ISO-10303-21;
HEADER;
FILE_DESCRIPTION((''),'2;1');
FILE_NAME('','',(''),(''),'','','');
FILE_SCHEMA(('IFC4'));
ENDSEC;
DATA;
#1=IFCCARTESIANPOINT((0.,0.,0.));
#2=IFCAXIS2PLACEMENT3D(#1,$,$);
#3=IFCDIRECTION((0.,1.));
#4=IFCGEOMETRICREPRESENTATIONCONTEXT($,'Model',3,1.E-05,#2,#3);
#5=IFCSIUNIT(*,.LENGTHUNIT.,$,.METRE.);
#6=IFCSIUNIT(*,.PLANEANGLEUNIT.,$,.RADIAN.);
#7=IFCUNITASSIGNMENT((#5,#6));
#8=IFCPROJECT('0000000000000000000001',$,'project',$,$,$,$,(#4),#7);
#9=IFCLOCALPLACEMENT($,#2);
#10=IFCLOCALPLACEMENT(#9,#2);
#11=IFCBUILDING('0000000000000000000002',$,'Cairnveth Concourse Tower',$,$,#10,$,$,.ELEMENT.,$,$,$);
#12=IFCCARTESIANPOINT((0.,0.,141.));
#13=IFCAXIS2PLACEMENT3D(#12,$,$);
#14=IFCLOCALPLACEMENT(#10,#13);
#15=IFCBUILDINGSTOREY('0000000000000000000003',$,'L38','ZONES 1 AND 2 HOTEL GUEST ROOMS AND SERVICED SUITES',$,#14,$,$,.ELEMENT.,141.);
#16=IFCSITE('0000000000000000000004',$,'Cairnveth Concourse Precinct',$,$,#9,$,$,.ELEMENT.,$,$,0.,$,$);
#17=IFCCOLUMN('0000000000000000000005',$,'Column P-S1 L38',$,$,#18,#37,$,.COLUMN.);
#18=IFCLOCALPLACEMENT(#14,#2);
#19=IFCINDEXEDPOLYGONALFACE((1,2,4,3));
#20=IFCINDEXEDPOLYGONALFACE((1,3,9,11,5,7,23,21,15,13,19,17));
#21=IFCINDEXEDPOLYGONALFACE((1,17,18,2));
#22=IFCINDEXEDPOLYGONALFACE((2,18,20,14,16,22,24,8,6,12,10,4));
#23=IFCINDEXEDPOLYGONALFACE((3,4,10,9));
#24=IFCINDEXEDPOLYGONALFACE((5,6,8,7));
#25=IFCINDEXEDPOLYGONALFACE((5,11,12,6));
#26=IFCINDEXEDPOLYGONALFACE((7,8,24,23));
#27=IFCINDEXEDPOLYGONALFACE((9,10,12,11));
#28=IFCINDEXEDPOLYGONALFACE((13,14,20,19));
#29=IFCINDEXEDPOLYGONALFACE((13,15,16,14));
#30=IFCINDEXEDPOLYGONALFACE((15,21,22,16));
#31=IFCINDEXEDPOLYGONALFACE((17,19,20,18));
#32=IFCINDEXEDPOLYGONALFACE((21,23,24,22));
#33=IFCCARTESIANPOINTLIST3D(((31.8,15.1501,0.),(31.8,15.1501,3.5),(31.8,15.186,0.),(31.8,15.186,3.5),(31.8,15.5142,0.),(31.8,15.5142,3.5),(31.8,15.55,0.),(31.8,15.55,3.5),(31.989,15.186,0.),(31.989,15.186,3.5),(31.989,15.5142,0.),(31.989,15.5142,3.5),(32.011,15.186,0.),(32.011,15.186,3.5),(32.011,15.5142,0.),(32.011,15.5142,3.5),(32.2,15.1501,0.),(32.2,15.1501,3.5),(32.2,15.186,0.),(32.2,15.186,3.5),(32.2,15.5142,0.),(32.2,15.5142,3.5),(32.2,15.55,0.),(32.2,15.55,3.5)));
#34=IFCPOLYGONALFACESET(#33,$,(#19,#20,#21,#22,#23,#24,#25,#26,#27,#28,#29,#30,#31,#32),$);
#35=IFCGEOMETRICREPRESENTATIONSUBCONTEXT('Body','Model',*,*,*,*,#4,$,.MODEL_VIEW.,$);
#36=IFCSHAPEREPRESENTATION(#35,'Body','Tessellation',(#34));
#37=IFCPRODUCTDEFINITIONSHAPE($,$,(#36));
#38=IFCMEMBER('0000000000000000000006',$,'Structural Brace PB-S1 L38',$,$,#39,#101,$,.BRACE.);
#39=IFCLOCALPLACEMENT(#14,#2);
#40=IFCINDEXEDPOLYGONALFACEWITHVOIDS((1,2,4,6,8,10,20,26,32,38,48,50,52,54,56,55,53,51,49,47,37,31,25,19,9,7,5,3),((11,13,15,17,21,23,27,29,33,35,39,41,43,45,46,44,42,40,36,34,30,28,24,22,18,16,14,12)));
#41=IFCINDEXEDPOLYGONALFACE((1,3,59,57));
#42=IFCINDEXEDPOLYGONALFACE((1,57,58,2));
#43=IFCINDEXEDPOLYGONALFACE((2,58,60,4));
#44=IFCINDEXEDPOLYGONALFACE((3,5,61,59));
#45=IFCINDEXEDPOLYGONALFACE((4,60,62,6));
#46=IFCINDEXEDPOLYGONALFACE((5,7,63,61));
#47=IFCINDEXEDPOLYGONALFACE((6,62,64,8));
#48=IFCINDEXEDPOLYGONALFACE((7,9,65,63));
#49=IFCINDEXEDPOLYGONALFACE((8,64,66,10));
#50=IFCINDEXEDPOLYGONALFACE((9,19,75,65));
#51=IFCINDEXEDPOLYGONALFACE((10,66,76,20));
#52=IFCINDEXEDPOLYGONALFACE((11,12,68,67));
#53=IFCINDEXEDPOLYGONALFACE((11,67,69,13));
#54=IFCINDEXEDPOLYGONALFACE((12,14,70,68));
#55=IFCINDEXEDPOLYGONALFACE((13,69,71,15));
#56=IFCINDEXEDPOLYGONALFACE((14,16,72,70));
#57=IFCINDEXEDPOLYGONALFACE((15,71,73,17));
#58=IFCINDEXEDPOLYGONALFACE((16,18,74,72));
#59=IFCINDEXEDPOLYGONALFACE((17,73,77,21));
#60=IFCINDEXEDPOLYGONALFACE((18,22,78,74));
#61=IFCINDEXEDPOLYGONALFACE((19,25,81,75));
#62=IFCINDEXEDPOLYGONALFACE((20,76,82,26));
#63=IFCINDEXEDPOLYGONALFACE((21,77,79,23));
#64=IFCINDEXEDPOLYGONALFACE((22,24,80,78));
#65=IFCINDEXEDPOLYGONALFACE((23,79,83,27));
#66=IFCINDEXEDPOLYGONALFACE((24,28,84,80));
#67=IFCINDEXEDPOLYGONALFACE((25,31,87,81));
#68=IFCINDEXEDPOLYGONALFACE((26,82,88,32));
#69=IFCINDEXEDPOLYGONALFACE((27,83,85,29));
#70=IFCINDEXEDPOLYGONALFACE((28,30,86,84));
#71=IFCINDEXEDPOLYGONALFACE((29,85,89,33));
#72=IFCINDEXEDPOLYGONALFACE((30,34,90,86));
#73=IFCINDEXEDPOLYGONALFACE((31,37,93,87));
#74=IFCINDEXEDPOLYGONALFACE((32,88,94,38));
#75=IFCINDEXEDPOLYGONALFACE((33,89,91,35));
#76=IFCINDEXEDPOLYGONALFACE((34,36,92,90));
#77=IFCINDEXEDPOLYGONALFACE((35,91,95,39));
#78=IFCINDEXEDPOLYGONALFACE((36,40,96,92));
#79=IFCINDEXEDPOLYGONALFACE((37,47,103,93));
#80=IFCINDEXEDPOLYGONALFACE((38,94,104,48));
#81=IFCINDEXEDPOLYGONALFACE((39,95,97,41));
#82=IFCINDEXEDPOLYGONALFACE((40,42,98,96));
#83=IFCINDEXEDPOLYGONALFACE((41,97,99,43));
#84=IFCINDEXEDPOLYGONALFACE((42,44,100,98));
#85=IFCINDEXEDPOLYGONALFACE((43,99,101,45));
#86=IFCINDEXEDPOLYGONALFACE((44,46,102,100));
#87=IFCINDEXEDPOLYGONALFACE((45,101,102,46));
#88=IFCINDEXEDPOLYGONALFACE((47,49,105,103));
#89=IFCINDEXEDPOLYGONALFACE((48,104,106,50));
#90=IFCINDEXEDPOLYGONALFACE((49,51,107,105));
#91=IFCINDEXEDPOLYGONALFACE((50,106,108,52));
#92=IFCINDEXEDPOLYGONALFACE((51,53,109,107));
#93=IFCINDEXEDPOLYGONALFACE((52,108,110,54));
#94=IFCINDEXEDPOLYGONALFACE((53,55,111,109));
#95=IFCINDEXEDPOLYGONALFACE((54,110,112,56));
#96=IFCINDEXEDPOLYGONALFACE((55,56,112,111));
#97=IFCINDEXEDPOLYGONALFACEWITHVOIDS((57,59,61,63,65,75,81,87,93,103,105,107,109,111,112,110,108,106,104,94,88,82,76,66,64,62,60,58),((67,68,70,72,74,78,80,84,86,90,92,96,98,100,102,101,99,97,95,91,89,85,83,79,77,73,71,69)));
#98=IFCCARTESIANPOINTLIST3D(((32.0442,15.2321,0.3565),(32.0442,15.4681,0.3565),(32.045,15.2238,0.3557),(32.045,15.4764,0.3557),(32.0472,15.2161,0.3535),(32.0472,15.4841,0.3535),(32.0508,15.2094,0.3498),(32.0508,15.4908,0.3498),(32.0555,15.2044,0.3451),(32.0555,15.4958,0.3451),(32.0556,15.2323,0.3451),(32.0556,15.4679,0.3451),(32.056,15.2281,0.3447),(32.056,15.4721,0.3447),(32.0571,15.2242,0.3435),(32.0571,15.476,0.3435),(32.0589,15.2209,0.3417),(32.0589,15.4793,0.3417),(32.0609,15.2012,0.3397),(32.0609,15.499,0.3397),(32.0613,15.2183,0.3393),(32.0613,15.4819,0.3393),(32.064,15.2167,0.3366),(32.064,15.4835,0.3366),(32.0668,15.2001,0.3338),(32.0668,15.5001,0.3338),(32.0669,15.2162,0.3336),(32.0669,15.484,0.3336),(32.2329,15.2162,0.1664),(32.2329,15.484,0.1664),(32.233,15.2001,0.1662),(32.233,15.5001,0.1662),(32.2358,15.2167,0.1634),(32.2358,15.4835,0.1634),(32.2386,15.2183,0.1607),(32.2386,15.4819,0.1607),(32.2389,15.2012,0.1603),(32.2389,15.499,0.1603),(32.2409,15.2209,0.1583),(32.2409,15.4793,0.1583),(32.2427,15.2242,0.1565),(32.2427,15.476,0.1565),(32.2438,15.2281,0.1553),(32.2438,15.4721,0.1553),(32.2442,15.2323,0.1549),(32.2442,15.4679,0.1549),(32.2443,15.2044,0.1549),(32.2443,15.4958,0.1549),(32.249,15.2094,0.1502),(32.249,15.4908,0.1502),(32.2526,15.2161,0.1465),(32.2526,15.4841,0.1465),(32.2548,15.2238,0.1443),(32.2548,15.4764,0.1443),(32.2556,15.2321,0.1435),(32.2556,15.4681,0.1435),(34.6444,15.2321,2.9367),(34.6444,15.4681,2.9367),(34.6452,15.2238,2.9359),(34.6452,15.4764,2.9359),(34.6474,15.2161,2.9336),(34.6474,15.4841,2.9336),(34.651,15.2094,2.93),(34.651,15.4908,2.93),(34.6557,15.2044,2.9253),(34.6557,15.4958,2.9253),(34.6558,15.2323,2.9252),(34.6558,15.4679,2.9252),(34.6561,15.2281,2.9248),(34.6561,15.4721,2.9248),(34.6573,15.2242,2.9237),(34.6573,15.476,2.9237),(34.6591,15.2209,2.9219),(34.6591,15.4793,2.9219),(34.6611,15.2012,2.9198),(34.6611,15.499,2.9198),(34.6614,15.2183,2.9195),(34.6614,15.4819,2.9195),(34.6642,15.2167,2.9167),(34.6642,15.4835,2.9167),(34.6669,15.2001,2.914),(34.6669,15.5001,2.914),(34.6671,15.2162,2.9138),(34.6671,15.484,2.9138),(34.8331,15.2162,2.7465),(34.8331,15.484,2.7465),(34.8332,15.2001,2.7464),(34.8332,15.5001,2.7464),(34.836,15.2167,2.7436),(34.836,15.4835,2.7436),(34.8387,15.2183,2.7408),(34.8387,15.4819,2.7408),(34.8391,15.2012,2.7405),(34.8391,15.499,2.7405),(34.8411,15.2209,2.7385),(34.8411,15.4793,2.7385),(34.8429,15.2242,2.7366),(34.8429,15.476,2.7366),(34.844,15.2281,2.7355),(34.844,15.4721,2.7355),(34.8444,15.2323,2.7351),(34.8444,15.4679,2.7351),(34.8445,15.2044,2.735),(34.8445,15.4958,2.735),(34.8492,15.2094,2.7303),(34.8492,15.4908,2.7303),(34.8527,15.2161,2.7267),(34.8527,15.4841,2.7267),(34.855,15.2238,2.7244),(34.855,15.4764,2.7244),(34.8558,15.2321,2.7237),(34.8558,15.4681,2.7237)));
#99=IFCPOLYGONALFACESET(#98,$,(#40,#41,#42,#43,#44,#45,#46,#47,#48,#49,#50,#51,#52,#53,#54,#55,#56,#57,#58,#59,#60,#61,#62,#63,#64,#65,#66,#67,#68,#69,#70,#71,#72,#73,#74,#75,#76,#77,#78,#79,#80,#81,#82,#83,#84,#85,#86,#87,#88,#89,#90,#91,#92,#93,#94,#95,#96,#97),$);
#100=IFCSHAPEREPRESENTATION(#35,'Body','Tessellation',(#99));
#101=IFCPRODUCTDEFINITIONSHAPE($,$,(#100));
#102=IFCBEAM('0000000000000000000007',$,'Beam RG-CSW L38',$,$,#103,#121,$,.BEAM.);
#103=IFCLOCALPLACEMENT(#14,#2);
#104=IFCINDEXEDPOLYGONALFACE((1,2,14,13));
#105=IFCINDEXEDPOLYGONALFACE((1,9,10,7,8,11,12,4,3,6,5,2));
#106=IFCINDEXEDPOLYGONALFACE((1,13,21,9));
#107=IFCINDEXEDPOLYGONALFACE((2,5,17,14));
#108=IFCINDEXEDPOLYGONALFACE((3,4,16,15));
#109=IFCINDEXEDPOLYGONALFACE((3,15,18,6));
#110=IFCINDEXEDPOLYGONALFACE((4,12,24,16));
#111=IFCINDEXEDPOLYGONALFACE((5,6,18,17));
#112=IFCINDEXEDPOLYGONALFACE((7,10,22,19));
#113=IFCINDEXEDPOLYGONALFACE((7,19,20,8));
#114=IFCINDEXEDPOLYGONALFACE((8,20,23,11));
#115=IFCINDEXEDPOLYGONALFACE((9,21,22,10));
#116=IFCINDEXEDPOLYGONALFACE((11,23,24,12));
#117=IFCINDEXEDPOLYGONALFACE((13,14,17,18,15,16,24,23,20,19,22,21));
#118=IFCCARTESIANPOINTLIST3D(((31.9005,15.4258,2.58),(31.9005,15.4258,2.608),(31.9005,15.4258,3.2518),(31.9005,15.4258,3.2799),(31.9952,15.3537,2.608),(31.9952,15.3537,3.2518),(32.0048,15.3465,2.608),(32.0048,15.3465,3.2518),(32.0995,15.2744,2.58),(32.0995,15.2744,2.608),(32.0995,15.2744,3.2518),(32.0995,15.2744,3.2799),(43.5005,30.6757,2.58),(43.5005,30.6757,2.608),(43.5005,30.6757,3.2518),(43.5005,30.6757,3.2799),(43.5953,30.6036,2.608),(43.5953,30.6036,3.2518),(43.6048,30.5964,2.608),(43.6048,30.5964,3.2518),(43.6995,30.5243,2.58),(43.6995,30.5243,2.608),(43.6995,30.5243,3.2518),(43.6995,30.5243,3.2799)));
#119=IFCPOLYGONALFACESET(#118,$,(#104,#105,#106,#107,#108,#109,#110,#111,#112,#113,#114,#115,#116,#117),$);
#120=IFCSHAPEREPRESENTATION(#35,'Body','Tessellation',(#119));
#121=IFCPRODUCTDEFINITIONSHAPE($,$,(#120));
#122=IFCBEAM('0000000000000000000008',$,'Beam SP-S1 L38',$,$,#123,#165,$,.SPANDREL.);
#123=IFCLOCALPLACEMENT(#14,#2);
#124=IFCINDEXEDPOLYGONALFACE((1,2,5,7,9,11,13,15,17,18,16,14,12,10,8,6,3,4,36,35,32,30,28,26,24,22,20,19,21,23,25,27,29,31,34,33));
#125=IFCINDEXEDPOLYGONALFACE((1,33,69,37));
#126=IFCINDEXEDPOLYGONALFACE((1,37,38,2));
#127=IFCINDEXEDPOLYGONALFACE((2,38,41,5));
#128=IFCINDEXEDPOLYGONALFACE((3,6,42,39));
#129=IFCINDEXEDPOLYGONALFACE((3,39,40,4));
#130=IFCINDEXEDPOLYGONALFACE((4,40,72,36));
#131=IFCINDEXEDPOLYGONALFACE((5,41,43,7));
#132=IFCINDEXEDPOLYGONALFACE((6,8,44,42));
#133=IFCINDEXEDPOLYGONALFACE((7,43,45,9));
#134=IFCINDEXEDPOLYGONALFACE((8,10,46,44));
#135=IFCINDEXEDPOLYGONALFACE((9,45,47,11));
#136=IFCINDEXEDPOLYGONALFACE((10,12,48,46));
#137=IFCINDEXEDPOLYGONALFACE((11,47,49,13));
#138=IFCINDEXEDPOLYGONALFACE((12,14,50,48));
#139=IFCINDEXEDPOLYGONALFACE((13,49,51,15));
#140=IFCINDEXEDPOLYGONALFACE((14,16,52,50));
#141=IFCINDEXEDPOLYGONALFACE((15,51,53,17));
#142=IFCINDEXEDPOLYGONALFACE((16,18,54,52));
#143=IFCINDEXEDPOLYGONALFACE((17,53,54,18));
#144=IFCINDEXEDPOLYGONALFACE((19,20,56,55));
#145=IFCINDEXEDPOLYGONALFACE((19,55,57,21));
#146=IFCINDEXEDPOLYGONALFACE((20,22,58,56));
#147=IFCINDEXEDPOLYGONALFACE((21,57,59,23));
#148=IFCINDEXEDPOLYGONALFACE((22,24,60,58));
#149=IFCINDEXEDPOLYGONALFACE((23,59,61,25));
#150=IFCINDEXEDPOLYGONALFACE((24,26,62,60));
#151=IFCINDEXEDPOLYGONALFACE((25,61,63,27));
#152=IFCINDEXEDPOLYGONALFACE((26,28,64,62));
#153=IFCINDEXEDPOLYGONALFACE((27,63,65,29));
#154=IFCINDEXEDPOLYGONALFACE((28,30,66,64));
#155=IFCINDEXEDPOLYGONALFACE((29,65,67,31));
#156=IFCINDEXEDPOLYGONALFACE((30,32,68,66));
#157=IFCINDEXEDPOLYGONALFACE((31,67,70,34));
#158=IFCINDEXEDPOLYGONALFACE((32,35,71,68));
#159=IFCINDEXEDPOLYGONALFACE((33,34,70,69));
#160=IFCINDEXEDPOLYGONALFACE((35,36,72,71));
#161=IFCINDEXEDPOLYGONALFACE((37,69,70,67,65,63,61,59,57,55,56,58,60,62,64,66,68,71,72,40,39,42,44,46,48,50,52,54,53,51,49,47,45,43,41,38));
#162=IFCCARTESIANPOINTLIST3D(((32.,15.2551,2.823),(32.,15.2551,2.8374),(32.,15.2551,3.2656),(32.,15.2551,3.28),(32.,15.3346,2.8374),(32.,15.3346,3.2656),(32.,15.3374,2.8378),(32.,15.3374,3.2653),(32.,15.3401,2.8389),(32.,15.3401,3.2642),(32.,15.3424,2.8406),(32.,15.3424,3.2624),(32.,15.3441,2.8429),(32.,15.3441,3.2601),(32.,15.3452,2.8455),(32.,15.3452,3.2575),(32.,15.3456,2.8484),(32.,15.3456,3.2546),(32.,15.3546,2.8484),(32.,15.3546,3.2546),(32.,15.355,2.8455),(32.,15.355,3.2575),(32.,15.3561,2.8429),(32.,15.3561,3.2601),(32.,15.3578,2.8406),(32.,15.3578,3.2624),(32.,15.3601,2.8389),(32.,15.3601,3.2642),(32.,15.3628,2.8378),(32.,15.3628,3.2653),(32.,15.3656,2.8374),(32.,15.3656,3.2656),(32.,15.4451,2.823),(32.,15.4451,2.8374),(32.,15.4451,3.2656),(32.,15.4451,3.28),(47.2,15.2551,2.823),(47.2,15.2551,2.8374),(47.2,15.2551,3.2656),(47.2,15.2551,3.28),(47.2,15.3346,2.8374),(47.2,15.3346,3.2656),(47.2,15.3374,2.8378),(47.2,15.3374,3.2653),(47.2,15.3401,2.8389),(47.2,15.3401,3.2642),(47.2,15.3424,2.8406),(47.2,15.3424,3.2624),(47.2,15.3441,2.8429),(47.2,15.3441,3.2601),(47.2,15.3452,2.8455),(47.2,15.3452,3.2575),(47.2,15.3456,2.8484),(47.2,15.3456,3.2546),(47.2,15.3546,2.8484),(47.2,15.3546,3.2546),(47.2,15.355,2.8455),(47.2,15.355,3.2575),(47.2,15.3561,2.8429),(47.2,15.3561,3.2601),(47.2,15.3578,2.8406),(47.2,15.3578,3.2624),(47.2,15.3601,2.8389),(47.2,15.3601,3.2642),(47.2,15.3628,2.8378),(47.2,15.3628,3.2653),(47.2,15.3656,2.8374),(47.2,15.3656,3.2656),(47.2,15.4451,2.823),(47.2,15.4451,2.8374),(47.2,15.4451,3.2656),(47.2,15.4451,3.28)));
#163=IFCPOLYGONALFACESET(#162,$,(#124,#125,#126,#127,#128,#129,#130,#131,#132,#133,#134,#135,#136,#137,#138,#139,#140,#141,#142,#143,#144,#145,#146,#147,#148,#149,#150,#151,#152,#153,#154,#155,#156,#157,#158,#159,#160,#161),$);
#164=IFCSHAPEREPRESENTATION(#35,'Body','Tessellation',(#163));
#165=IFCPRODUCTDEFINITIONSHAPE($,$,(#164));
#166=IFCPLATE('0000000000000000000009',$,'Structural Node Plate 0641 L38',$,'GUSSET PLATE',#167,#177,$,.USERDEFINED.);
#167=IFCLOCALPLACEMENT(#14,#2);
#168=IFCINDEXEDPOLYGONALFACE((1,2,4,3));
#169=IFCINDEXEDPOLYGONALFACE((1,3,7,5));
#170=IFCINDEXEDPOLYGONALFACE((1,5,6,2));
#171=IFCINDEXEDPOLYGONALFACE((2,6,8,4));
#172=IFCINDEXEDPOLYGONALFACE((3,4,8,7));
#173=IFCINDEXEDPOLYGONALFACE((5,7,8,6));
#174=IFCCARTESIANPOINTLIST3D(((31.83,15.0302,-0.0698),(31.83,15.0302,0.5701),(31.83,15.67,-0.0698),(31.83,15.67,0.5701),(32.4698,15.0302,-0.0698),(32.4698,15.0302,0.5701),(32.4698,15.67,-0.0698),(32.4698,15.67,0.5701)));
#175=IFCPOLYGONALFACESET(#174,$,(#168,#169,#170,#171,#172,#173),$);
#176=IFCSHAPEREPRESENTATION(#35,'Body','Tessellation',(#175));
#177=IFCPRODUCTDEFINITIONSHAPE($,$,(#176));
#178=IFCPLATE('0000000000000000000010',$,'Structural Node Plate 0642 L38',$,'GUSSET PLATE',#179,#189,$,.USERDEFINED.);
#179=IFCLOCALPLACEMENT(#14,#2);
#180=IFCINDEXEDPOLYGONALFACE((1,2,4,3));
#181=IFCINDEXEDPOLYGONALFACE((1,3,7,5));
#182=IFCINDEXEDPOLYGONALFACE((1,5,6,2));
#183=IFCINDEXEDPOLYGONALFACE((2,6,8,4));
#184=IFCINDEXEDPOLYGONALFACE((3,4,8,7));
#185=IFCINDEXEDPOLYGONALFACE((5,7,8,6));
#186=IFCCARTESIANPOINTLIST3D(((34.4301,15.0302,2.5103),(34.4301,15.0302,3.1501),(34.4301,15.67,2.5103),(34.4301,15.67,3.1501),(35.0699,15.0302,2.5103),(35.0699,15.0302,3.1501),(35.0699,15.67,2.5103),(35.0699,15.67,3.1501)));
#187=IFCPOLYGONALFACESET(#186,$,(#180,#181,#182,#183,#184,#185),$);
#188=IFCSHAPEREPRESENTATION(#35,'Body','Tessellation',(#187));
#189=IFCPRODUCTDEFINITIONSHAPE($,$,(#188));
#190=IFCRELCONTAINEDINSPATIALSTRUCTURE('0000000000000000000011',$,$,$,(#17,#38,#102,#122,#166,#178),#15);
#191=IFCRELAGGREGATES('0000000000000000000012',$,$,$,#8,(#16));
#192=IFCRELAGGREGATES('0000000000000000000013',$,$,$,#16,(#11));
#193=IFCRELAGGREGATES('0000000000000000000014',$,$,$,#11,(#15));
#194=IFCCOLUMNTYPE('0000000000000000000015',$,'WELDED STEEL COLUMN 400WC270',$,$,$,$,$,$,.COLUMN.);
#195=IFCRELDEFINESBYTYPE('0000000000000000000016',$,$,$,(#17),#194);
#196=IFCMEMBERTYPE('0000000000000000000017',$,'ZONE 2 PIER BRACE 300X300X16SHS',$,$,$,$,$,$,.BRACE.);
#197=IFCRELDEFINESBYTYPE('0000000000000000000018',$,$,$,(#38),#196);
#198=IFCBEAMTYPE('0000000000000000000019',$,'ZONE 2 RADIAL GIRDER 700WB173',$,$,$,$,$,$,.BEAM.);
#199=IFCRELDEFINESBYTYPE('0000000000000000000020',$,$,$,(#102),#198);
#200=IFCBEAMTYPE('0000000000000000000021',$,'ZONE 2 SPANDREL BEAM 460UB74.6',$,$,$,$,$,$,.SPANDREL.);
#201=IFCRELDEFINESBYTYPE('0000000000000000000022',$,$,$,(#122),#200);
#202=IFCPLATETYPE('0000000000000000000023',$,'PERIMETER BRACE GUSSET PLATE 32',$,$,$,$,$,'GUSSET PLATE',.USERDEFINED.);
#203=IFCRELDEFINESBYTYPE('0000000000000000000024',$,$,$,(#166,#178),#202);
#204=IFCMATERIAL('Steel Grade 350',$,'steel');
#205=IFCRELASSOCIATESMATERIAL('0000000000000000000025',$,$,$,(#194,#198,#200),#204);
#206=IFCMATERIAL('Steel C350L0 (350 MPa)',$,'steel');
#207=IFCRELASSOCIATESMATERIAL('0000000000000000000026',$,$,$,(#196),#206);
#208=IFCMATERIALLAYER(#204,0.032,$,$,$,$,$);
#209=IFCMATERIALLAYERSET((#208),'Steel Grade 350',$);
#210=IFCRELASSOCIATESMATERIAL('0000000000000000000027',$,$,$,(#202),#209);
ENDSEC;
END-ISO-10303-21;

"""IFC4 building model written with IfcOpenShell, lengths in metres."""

from ifc_helpers import new_model, si_unit, direction, frame, origin, origin_2d, place, context, subcontext, project, spatial, rectangle, hollow_rectangle, i_section, extrude, material, layer, layer_set, material_profile, profile_set, type_object, element, save


model = new_model("IFC4")

# Units and contexts
model_context = context("Model", 3, precision=1e-05, world=origin(), true_north=direction((0.0, 1.0)))
body_context = subcontext(model_context, "Body", "Model", "MODEL_VIEW")
ifc_project = project(units=[si_unit("LENGTHUNIT", "METRE"), si_unit("PLANEANGLEUNIT", "RADIAN")], contexts=[model_context])

# Site, building, storey
site_placement = place(None, origin())
site = spatial("IfcSite", under=ifc_project, at=site_placement, Name="Cairnveth Concourse Precinct", CompositionType="ELEMENT", RefElevation=0.0)
building_placement = place(site_placement, origin())
building = spatial("IfcBuilding", under=site, at=building_placement, Name="Cairnveth Concourse Tower", CompositionType="ELEMENT")
storey_placement = place(building_placement, frame((0.0, 0.0, 141.0)))
storey = spatial("IfcBuildingStorey", under=building, at=storey_placement, Name="L38", Description="ZONES 1 AND 2 HOTEL GUEST ROOMS AND SERVICED SUITES", CompositionType="ELEMENT", Elevation=141.0)

# Column
ifc_material_1 = material(Name="Steel Grade 350", Category="steel")
ifc_material_profile_1 = material_profile(ifc_material_1, i_section(OverallWidth=0.3999, OverallDepth=0.3999, WebThickness=0.022, FlangeThickness=0.0359, at=origin_2d()), Name="400WC270")
ifc_profile_set_1 = profile_set([ifc_material_profile_1], Name="Steel Grade 350")
column_type = type_object("IfcColumnType", Name="WELDED STEEL COLUMN 400WC270", PredefinedType="COLUMN", material=ifc_profile_set_1)
column_placement = place(storey_placement, frame((32.0, 15.3501, 0.0), z_axis=(0.0, 0.0, 1.0), x_axis=(1.0, 0.0, 0.0)))
element("IfcColumn", 1, at=column_placement, inside=storey, type_object=column_type, Name="Column P-S1 L38", PredefinedType="COLUMN", context=body_context, shape_type="SweptSolid", body=[
    extrude(i_section(OverallWidth=0.3999, OverallDepth=0.3999, WebThickness=0.022, FlangeThickness=0.0359, at=origin_2d()), origin(), (0.0, 0.0, 1.0), 3.5),
])

# Member
ifc_material_2 = material(Name="Steel C350L0 (350 MPa)", Category="steel")
ifc_material_profile_2 = material_profile(ifc_material_2, hollow_rectangle(XDim=0.3, YDim=0.3, WallThickness=0.0161, InnerFilletRadius=0.0161, OuterFilletRadius=0.032, at=origin_2d()), Name="300x300x16.0SHS")
ifc_profile_set_2 = profile_set([ifc_material_profile_2], Name="Steel C350L0 (350 MPa)")
member_type = type_object("IfcMemberType", Name="ZONE 2 PIER BRACE 300X300X16SHS", PredefinedType="BRACE", material=ifc_profile_set_2)
member_placement = place(storey_placement, frame((32.1499, 15.3501, 0.25), z_axis=(0.709834, 0.0, 0.704369), x_axis=(0.0, 1.0, 0.0)))
element("IfcMember", 2, at=member_placement, inside=storey, type_object=member_type, Name="Structural Brace PB-S1 L38", PredefinedType="BRACE", context=body_context, shape_type="SweptSolid", body=[
    extrude(hollow_rectangle(XDim=0.3, YDim=0.3, WallThickness=0.0161, InnerFilletRadius=0.0161, OuterFilletRadius=0.032, at=origin_2d()), origin(), (0.0, 0.0, 1.0), 3.6631),
])

# Beams
ifc_material_profile_3 = material_profile(ifc_material_1, i_section(OverallWidth=0.25, OverallDepth=0.7, WebThickness=0.012, FlangeThickness=0.0281, at=origin_2d()), Name="700WB173")
ifc_profile_set_3 = profile_set([ifc_material_profile_3], Name="Steel Grade 350")
beam_type_1 = type_object("IfcBeamType", Name="ZONE 2 RADIAL GIRDER 700WB173", PredefinedType="BEAM", material=ifc_profile_set_3)
beam_1_placement = place(storey_placement, frame((32.0, 15.3501, 2.9299), z_axis=(0.605417, 0.795908, 0.0), x_axis=(-0.795908, 0.605417, 0.0)))
element("IfcBeam", 3, at=beam_1_placement, inside=storey, type_object=beam_type_1, Name="Beam RG-CSW L38", PredefinedType="BEAM", context=body_context, shape_type="SweptSolid", body=[
    extrude(i_section(OverallWidth=0.25, OverallDepth=0.7, WebThickness=0.012, FlangeThickness=0.0281, at=origin_2d()), origin(), (0.0, 0.0, 1.0), 19.1604),
])
ifc_material_profile_4 = material_profile(ifc_material_1, i_section(OverallWidth=0.1899, OverallDepth=0.457, WebThickness=0.009, FlangeThickness=0.0144, FilletRadius=0.011, at=origin_2d()), Name="460UB74.6")
ifc_profile_set_4 = profile_set([ifc_material_profile_4], Name="Steel Grade 350")
beam_type_2 = type_object("IfcBeamType", Name="ZONE 2 SPANDREL BEAM 460UB74.6", PredefinedType="SPANDREL", material=ifc_profile_set_4)
beam_2_placement = place(storey_placement, frame((32.0, 15.3501, 3.0515), z_axis=(1.0, 0.0, 0.0), x_axis=(0.0, 1.0, 0.0)))
element("IfcBeam", 4, at=beam_2_placement, inside=storey, type_object=beam_type_2, Name="Beam SP-S1 L38", PredefinedType="SPANDREL", context=body_context, shape_type="SweptSolid", body=[
    extrude(i_section(OverallWidth=0.1899, OverallDepth=0.457, WebThickness=0.009, FlangeThickness=0.0144, FilletRadius=0.011, at=origin_2d()), origin(), (0.0, 0.0, 1.0), 15.2),
])

# Plates
ifc_layer_1 = layer(ifc_material_1, 0.032)
ifc_layer_set_1 = layer_set([ifc_layer_1], Name="Steel Grade 350")
plate_type = type_object("IfcPlateType", Name="PERIMETER BRACE GUSSET PLATE 32", ElementType="GUSSET PLATE", PredefinedType="USERDEFINED", material=ifc_layer_set_1)
for number, where, z_axis, x_axis, name in (
    (5, (32.1499, 15.3501, -0.0698), (0.0, 0.0, 1.0), (1.0, 0.0, 0.0), "Structural Node Plate 0641 L38"),
    (6, (34.75, 15.3501, 2.5103), (0.0, 0.0, 1.0), (1.0, 0.0, 0.0), "Structural Node Plate 0642 L38"),
):
    element("IfcPlate", number, at=place(storey_placement, frame(where, z_axis=z_axis, x_axis=x_axis)), inside=storey, type_object=plate_type, Name=name, ObjectType="GUSSET PLATE", PredefinedType="USERDEFINED", context=body_context, shape_type="SweptSolid", body=[
        extrude(rectangle(XDim=0.6399, YDim=0.6399, at=origin_2d()), origin(), (0.0, 0.0, 1.0), 0.6399),
    ])

save(model, "model.ifc")
